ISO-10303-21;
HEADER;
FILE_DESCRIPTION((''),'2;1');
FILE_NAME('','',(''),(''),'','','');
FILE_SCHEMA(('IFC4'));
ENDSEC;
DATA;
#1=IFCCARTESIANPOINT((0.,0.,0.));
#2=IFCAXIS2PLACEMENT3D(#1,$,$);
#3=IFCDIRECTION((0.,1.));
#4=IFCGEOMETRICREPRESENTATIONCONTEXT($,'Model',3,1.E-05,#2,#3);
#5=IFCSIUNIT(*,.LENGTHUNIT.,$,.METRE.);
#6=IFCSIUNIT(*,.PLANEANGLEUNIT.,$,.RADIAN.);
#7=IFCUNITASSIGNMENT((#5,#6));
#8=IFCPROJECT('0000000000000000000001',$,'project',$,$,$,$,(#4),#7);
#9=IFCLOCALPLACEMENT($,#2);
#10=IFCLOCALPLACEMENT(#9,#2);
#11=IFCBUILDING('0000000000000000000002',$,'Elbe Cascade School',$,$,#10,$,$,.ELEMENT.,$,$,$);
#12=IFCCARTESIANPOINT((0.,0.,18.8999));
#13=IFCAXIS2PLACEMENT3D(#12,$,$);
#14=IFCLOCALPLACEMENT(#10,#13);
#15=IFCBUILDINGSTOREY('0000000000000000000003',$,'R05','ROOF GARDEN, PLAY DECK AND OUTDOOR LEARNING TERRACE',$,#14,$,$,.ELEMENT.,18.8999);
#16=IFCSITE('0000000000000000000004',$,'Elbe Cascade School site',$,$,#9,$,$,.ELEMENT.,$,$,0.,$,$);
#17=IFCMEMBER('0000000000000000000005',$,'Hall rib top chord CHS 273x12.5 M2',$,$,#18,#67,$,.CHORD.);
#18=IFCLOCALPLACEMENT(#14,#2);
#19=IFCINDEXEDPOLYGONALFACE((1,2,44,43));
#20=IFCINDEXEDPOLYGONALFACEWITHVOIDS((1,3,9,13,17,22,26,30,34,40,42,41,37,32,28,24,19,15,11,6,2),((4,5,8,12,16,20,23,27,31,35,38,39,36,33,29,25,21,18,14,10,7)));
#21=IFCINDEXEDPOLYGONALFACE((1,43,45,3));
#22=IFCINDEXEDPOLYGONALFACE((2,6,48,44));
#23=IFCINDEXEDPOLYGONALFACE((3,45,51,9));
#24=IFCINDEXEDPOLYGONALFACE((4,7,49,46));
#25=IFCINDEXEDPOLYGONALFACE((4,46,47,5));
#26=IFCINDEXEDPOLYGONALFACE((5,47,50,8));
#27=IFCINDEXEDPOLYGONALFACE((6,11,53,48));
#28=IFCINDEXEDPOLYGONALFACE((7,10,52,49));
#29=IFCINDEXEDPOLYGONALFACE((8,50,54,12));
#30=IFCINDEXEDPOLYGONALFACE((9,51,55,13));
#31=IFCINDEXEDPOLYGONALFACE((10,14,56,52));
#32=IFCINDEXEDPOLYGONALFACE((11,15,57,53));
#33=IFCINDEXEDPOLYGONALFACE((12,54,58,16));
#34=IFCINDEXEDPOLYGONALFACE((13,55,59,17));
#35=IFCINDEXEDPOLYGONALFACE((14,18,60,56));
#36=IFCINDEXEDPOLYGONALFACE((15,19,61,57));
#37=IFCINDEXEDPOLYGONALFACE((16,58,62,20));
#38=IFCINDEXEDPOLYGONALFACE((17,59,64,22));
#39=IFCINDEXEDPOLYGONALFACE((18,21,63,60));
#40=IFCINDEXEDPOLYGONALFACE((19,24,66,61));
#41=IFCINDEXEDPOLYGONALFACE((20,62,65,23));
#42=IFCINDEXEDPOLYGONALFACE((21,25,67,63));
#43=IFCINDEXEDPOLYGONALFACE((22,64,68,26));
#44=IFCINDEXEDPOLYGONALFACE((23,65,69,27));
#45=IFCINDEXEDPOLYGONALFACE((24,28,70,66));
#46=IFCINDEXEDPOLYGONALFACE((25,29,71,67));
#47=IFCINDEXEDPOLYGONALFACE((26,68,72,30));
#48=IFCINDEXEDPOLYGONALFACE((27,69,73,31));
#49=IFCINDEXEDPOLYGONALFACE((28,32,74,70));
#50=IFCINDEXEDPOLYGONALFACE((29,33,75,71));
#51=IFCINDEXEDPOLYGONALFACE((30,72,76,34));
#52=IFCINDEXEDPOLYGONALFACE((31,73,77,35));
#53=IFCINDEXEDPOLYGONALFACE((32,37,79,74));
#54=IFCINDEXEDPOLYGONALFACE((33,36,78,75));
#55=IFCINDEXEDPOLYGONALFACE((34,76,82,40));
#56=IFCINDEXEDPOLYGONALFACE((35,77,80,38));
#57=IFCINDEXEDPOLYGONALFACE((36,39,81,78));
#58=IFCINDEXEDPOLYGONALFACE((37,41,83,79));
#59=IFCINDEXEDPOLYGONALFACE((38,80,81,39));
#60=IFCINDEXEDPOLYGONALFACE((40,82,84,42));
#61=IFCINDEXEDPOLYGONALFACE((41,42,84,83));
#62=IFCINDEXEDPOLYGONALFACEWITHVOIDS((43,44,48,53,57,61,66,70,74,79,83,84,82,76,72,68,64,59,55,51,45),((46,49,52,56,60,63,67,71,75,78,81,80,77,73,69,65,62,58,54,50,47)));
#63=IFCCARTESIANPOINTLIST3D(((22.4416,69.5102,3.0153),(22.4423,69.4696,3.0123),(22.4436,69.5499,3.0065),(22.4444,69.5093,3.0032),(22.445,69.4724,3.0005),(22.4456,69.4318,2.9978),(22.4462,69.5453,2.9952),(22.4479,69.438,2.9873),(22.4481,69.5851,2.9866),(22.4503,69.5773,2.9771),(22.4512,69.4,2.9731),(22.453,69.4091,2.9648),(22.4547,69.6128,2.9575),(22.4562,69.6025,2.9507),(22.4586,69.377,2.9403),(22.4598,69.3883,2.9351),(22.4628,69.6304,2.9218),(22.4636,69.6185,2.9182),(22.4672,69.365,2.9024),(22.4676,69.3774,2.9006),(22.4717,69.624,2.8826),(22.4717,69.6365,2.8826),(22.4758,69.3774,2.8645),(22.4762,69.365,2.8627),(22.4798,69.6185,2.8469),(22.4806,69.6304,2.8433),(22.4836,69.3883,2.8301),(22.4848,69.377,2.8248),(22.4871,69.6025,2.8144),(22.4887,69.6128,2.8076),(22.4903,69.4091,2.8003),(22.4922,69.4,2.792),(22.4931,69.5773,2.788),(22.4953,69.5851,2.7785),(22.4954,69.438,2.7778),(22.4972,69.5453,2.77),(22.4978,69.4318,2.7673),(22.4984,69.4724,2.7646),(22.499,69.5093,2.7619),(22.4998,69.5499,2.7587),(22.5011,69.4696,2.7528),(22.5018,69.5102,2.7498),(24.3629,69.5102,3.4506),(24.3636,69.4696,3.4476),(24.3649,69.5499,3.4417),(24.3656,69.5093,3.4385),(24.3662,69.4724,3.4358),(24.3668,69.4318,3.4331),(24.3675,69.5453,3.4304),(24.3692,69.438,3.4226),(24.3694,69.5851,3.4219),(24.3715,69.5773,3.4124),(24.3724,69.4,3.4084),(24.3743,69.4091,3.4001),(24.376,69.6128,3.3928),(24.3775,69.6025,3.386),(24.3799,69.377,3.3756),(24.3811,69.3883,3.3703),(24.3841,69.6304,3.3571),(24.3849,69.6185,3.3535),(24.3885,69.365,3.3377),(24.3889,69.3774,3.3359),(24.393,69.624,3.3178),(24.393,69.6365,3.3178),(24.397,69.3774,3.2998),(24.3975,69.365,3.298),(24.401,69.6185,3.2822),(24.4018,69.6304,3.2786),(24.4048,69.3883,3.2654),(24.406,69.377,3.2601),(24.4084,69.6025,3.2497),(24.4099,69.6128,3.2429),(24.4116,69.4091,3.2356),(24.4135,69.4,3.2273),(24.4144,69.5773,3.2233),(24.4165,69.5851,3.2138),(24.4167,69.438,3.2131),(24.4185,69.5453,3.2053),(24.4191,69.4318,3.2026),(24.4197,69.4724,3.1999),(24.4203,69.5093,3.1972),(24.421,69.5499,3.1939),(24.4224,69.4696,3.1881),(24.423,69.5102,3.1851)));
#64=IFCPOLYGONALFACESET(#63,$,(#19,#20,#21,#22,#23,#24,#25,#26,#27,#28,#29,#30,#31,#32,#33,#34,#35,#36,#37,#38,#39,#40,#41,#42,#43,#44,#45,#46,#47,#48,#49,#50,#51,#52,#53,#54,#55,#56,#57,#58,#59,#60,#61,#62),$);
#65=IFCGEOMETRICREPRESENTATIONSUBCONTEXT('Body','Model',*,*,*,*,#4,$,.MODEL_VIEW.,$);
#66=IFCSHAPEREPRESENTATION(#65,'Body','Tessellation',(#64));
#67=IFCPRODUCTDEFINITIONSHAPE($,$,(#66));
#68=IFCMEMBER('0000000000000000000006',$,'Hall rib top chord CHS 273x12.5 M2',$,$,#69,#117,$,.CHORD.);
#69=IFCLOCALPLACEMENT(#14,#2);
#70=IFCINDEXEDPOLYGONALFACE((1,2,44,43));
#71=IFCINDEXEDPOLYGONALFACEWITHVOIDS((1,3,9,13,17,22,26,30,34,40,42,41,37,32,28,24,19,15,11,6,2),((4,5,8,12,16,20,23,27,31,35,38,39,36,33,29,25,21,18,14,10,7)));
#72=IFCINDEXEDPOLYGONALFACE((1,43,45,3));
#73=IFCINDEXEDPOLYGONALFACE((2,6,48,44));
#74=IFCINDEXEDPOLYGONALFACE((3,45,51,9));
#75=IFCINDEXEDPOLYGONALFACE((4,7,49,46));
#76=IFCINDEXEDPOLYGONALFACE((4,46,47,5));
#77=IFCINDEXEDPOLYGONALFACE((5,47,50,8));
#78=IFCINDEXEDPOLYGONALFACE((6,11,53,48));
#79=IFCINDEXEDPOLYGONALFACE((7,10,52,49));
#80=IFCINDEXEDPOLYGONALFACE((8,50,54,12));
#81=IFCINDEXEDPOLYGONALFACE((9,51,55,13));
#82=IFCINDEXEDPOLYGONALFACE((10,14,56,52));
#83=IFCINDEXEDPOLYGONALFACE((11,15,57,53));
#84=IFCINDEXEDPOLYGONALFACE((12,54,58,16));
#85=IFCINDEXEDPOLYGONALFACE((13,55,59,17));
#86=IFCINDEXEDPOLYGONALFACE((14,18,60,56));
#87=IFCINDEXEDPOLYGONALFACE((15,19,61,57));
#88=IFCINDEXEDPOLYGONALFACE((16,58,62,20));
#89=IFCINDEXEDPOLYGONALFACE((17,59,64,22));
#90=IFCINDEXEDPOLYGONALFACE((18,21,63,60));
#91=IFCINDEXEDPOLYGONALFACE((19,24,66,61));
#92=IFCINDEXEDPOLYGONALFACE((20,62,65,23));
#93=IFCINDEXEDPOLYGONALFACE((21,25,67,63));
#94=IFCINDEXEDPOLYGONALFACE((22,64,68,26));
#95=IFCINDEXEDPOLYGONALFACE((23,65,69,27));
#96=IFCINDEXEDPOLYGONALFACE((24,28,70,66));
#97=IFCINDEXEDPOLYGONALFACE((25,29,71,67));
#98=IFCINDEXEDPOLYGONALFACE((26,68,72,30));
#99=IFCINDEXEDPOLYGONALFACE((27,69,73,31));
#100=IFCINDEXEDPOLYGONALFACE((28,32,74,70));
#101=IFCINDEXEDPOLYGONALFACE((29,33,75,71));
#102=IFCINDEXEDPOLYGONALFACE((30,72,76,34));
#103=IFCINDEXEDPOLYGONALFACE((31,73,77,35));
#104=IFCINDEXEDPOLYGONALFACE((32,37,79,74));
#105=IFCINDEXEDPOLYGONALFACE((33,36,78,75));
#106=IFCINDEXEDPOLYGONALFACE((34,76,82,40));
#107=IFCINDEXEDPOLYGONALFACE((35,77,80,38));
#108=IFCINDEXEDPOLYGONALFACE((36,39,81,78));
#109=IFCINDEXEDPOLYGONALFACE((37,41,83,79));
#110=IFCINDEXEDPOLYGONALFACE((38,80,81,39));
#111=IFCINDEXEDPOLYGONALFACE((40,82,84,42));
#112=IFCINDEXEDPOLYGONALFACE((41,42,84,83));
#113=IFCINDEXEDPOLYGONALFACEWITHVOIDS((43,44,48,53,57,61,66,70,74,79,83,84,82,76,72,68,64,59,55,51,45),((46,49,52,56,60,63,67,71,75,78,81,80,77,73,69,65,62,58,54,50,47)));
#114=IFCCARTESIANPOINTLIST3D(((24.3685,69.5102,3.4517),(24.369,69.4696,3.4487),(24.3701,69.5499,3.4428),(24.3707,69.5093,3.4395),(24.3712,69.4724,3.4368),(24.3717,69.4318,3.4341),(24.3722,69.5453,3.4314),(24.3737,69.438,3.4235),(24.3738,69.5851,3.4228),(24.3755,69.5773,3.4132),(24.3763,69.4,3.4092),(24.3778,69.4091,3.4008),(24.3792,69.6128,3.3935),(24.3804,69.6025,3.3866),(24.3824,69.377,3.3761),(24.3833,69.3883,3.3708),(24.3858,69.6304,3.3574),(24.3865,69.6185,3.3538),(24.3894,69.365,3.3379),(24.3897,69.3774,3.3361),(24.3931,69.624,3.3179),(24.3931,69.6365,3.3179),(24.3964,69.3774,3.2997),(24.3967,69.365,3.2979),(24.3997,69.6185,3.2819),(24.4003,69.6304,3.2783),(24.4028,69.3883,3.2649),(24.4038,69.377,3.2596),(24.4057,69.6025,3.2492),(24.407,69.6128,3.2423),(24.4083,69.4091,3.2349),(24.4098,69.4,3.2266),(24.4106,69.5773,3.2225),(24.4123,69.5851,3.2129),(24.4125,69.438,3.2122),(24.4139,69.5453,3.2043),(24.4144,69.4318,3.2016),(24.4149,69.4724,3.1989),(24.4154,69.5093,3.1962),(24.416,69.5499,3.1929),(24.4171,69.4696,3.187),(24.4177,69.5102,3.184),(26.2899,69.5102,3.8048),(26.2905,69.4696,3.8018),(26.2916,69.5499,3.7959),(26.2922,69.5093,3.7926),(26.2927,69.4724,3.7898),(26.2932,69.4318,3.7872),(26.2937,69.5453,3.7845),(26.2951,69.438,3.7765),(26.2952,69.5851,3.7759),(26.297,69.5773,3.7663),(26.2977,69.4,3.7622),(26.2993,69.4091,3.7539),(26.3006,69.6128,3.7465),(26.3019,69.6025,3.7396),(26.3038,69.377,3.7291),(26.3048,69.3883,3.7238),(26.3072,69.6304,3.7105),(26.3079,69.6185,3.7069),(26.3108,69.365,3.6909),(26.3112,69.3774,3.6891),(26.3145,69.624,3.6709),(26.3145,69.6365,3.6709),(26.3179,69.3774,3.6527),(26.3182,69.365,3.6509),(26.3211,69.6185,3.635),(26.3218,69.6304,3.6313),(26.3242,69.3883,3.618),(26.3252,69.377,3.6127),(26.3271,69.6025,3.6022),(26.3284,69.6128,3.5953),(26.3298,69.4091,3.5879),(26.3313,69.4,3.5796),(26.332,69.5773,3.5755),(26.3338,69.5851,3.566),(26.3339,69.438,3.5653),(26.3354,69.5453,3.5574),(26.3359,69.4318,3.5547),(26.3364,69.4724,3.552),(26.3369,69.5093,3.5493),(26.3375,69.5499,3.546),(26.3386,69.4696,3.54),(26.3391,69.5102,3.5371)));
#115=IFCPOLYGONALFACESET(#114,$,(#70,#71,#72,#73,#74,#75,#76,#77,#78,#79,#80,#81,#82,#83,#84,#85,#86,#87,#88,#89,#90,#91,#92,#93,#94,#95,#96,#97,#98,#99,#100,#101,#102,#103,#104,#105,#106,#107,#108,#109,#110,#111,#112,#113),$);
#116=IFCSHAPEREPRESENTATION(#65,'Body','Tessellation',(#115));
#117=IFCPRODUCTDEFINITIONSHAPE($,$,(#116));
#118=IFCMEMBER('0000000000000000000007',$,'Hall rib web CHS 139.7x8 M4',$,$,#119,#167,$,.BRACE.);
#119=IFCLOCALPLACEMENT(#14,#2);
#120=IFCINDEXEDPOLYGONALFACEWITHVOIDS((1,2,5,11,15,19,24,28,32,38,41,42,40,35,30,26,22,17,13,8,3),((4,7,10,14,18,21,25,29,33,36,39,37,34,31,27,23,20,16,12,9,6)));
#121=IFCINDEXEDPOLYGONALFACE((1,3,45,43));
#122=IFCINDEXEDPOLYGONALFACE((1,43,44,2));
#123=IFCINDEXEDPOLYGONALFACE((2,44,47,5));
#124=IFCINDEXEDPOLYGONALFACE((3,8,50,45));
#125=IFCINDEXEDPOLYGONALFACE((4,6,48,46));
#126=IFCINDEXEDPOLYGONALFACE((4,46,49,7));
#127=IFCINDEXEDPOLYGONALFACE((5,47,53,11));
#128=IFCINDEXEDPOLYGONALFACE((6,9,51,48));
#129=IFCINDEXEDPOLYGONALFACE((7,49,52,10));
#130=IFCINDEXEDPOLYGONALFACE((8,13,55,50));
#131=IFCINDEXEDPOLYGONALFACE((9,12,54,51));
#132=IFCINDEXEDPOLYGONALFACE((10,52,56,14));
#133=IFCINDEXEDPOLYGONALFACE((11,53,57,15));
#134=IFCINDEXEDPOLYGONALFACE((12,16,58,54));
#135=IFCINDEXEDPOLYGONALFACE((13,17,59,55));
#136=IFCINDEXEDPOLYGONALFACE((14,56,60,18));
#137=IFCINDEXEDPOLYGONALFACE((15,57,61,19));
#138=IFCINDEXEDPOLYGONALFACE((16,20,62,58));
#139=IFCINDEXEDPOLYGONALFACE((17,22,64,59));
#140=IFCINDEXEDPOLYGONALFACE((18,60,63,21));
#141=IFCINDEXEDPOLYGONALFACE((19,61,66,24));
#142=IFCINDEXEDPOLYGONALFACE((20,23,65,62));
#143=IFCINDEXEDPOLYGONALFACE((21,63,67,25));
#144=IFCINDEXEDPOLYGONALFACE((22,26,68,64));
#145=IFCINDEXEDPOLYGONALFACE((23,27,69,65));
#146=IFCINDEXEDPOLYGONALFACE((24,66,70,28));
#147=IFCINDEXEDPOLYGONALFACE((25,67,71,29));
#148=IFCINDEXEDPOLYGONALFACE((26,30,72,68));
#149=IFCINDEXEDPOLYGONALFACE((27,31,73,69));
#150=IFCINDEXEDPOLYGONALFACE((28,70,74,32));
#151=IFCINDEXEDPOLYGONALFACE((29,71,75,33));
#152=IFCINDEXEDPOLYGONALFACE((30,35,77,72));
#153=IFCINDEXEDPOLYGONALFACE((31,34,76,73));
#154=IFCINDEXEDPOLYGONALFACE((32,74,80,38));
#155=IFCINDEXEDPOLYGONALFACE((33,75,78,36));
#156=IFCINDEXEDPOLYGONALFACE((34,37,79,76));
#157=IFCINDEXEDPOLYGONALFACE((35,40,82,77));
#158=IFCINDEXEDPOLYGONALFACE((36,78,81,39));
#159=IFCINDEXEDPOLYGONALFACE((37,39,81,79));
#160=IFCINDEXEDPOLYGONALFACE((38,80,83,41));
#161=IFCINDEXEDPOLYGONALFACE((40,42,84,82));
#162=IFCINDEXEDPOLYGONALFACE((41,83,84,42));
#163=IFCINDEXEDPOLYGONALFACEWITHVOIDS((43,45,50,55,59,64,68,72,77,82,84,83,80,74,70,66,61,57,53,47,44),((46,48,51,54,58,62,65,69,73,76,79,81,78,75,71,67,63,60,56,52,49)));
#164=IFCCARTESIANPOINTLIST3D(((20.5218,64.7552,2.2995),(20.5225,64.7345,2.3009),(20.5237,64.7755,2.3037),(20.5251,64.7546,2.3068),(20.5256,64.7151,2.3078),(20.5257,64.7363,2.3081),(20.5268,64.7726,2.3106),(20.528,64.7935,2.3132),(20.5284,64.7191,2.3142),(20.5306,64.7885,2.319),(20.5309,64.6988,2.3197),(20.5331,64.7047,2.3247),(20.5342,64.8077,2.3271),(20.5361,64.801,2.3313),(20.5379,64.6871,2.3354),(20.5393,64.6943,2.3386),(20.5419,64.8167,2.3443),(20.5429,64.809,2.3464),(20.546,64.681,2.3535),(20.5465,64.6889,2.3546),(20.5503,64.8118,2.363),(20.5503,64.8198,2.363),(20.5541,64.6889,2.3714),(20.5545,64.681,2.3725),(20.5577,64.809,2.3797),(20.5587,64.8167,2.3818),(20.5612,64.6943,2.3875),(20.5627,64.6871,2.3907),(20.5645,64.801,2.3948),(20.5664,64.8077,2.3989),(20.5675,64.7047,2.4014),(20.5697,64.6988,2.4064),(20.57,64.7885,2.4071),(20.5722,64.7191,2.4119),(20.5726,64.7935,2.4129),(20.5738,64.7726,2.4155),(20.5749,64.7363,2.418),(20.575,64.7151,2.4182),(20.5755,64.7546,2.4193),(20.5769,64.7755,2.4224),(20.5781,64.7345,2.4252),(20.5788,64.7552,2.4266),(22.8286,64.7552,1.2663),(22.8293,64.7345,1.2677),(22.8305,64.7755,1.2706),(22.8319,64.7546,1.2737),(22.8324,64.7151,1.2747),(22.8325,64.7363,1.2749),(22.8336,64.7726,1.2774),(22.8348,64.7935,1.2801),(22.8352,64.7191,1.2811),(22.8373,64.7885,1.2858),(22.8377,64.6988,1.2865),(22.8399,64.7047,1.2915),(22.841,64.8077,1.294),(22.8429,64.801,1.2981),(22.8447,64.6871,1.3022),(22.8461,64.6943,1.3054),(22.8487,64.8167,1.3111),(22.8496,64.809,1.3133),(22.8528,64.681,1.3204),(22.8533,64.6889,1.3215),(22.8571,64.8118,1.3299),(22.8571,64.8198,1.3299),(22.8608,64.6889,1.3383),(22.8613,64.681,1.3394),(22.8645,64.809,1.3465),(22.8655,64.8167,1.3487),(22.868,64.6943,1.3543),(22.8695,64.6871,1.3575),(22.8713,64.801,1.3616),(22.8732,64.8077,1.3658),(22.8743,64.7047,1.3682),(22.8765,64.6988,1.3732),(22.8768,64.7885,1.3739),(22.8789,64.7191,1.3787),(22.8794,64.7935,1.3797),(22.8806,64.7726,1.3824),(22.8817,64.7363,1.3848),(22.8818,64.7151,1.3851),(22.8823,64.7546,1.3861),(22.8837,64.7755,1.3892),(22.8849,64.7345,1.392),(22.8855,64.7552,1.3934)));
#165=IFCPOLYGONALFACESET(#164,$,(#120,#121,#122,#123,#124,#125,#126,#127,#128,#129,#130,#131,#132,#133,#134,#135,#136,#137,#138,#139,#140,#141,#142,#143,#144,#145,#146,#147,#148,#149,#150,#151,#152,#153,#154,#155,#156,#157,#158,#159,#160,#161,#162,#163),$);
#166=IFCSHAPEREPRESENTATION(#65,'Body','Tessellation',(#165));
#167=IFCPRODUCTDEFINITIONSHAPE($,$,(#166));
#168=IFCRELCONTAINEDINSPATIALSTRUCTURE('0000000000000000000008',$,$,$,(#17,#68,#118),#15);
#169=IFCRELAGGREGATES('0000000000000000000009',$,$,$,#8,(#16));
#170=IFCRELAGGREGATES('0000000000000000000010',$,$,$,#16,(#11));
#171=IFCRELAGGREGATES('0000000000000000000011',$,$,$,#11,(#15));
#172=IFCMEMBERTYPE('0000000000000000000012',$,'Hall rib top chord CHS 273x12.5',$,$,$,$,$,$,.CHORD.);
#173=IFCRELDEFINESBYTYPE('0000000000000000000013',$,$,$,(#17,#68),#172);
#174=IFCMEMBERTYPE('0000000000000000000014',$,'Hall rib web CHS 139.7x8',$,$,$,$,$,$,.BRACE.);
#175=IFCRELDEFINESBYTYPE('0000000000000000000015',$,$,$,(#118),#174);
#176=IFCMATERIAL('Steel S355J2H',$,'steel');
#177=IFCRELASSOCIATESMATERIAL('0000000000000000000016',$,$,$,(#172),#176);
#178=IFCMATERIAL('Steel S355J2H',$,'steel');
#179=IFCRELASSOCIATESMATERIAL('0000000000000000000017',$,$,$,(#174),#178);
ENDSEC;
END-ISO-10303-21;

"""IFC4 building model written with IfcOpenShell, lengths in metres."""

from ifc_helpers import new_model, si_unit, direction, frame, origin, origin_2d, place, context, subcontext, project, spatial, hollow_circle, extrude, material, material_profile, profile_set, type_object, element, save


model = new_model("IFC4")

# Units and contexts
model_context = context("Model", 3, precision=1e-05, world=origin(), true_north=direction((0.0, 1.0)))
body_context = subcontext(model_context, "Body", "Model", "MODEL_VIEW")
ifc_project = project(units=[si_unit("LENGTHUNIT", "METRE"), si_unit("PLANEANGLEUNIT", "RADIAN")], contexts=[model_context])

# Site, building, storey
site_placement = place(None, origin())
site = spatial("IfcSite", under=ifc_project, at=site_placement, Name="Elbe Cascade School site", CompositionType="ELEMENT", RefElevation=0.0)
building_placement = place(site_placement, origin())
building = spatial("IfcBuilding", under=site, at=building_placement, Name="Elbe Cascade School", CompositionType="ELEMENT")
storey_placement = place(building_placement, frame((0.0, 0.0, 18.8999)))
storey = spatial("IfcBuildingStorey", under=building, at=storey_placement, Name="R05", Description="ROOF GARDEN, PLAY DECK AND OUTDOOR LEARNING TERRACE", CompositionType="ELEMENT", Elevation=18.8999)

# Members
ifc_material_1 = material(Name="Steel S355J2H", Category="steel")
ifc_material_profile_1 = material_profile(ifc_material_1, hollow_circle(Radius=0.1365, WallThickness=0.0125, at=origin_2d()), Name="CHS 273x12.5")
ifc_profile_set_1 = profile_set([ifc_material_profile_1], Name="Steel S355J2H")
member_type_1 = type_object("IfcMemberType", Name="Hall rib top chord CHS 273x12.5", PredefinedType="CHORD", material=ifc_profile_set_1)
member_1_placement = place(storey_placement, frame((22.4717, 69.5, 2.8826), z_axis=(0.975284, 0.0, 0.220957), x_axis=(0.0, 1.0, 0.0)))
element("IfcMember", 1, at=member_1_placement, inside=storey, type_object=member_type_1, Name="Hall rib top chord CHS 273x12.5 M2", PredefinedType="CHORD", context=body_context, shape_type="SweptSolid", body=[
    extrude(hollow_circle(Radius=0.1365, WallThickness=0.0125, at=origin_2d()), origin(), (0.0, 0.0, 1.0), 1.97),
])
member_2_placement = place(storey_placement, frame((24.3931, 69.5, 3.3179), z_axis=(0.983536, 0.0, 0.180711), x_axis=(0.0, 1.0, 0.0)))
element("IfcMember", 2, at=member_2_placement, inside=storey, type_object=member_type_1, Name="Hall rib top chord CHS 273x12.5 M2", PredefinedType="CHORD", context=body_context, shape_type="SweptSolid", body=[
    extrude(hollow_circle(Radius=0.1365, WallThickness=0.0125, at=origin_2d()), origin(), (0.0, 0.0, 1.0), 1.9536),
])
ifc_material_2 = material(Name="Steel S355J2H", Category="steel")
ifc_material_profile_2 = material_profile(ifc_material_2, hollow_circle(Radius=0.0698, WallThickness=0.0081, at=origin_2d()), Name="CHS 139.7x8")
ifc_profile_set_2 = profile_set([ifc_material_profile_2], Name="Steel S355J2H")
member_type_2 = type_object("IfcMemberType", Name="Hall rib web CHS 139.7x8", PredefinedType="BRACE", material=ifc_profile_set_2)
member_3_placement = place(storey_placement, frame((20.5503, 64.75, 2.363), z_axis=(0.912645, 0.0, -0.408754), x_axis=(0.0, 1.0, 0.0)))
element("IfcMember", 3, at=member_3_placement, inside=storey, type_object=member_type_2, Name="Hall rib web CHS 139.7x8 M4", PredefinedType="BRACE", context=body_context, shape_type="SweptSolid", body=[
    extrude(hollow_circle(Radius=0.0698, WallThickness=0.0081, at=origin_2d()), origin(), (0.0, 0.0, 1.0), 2.5276),
])

save(model, "model.ifc")
